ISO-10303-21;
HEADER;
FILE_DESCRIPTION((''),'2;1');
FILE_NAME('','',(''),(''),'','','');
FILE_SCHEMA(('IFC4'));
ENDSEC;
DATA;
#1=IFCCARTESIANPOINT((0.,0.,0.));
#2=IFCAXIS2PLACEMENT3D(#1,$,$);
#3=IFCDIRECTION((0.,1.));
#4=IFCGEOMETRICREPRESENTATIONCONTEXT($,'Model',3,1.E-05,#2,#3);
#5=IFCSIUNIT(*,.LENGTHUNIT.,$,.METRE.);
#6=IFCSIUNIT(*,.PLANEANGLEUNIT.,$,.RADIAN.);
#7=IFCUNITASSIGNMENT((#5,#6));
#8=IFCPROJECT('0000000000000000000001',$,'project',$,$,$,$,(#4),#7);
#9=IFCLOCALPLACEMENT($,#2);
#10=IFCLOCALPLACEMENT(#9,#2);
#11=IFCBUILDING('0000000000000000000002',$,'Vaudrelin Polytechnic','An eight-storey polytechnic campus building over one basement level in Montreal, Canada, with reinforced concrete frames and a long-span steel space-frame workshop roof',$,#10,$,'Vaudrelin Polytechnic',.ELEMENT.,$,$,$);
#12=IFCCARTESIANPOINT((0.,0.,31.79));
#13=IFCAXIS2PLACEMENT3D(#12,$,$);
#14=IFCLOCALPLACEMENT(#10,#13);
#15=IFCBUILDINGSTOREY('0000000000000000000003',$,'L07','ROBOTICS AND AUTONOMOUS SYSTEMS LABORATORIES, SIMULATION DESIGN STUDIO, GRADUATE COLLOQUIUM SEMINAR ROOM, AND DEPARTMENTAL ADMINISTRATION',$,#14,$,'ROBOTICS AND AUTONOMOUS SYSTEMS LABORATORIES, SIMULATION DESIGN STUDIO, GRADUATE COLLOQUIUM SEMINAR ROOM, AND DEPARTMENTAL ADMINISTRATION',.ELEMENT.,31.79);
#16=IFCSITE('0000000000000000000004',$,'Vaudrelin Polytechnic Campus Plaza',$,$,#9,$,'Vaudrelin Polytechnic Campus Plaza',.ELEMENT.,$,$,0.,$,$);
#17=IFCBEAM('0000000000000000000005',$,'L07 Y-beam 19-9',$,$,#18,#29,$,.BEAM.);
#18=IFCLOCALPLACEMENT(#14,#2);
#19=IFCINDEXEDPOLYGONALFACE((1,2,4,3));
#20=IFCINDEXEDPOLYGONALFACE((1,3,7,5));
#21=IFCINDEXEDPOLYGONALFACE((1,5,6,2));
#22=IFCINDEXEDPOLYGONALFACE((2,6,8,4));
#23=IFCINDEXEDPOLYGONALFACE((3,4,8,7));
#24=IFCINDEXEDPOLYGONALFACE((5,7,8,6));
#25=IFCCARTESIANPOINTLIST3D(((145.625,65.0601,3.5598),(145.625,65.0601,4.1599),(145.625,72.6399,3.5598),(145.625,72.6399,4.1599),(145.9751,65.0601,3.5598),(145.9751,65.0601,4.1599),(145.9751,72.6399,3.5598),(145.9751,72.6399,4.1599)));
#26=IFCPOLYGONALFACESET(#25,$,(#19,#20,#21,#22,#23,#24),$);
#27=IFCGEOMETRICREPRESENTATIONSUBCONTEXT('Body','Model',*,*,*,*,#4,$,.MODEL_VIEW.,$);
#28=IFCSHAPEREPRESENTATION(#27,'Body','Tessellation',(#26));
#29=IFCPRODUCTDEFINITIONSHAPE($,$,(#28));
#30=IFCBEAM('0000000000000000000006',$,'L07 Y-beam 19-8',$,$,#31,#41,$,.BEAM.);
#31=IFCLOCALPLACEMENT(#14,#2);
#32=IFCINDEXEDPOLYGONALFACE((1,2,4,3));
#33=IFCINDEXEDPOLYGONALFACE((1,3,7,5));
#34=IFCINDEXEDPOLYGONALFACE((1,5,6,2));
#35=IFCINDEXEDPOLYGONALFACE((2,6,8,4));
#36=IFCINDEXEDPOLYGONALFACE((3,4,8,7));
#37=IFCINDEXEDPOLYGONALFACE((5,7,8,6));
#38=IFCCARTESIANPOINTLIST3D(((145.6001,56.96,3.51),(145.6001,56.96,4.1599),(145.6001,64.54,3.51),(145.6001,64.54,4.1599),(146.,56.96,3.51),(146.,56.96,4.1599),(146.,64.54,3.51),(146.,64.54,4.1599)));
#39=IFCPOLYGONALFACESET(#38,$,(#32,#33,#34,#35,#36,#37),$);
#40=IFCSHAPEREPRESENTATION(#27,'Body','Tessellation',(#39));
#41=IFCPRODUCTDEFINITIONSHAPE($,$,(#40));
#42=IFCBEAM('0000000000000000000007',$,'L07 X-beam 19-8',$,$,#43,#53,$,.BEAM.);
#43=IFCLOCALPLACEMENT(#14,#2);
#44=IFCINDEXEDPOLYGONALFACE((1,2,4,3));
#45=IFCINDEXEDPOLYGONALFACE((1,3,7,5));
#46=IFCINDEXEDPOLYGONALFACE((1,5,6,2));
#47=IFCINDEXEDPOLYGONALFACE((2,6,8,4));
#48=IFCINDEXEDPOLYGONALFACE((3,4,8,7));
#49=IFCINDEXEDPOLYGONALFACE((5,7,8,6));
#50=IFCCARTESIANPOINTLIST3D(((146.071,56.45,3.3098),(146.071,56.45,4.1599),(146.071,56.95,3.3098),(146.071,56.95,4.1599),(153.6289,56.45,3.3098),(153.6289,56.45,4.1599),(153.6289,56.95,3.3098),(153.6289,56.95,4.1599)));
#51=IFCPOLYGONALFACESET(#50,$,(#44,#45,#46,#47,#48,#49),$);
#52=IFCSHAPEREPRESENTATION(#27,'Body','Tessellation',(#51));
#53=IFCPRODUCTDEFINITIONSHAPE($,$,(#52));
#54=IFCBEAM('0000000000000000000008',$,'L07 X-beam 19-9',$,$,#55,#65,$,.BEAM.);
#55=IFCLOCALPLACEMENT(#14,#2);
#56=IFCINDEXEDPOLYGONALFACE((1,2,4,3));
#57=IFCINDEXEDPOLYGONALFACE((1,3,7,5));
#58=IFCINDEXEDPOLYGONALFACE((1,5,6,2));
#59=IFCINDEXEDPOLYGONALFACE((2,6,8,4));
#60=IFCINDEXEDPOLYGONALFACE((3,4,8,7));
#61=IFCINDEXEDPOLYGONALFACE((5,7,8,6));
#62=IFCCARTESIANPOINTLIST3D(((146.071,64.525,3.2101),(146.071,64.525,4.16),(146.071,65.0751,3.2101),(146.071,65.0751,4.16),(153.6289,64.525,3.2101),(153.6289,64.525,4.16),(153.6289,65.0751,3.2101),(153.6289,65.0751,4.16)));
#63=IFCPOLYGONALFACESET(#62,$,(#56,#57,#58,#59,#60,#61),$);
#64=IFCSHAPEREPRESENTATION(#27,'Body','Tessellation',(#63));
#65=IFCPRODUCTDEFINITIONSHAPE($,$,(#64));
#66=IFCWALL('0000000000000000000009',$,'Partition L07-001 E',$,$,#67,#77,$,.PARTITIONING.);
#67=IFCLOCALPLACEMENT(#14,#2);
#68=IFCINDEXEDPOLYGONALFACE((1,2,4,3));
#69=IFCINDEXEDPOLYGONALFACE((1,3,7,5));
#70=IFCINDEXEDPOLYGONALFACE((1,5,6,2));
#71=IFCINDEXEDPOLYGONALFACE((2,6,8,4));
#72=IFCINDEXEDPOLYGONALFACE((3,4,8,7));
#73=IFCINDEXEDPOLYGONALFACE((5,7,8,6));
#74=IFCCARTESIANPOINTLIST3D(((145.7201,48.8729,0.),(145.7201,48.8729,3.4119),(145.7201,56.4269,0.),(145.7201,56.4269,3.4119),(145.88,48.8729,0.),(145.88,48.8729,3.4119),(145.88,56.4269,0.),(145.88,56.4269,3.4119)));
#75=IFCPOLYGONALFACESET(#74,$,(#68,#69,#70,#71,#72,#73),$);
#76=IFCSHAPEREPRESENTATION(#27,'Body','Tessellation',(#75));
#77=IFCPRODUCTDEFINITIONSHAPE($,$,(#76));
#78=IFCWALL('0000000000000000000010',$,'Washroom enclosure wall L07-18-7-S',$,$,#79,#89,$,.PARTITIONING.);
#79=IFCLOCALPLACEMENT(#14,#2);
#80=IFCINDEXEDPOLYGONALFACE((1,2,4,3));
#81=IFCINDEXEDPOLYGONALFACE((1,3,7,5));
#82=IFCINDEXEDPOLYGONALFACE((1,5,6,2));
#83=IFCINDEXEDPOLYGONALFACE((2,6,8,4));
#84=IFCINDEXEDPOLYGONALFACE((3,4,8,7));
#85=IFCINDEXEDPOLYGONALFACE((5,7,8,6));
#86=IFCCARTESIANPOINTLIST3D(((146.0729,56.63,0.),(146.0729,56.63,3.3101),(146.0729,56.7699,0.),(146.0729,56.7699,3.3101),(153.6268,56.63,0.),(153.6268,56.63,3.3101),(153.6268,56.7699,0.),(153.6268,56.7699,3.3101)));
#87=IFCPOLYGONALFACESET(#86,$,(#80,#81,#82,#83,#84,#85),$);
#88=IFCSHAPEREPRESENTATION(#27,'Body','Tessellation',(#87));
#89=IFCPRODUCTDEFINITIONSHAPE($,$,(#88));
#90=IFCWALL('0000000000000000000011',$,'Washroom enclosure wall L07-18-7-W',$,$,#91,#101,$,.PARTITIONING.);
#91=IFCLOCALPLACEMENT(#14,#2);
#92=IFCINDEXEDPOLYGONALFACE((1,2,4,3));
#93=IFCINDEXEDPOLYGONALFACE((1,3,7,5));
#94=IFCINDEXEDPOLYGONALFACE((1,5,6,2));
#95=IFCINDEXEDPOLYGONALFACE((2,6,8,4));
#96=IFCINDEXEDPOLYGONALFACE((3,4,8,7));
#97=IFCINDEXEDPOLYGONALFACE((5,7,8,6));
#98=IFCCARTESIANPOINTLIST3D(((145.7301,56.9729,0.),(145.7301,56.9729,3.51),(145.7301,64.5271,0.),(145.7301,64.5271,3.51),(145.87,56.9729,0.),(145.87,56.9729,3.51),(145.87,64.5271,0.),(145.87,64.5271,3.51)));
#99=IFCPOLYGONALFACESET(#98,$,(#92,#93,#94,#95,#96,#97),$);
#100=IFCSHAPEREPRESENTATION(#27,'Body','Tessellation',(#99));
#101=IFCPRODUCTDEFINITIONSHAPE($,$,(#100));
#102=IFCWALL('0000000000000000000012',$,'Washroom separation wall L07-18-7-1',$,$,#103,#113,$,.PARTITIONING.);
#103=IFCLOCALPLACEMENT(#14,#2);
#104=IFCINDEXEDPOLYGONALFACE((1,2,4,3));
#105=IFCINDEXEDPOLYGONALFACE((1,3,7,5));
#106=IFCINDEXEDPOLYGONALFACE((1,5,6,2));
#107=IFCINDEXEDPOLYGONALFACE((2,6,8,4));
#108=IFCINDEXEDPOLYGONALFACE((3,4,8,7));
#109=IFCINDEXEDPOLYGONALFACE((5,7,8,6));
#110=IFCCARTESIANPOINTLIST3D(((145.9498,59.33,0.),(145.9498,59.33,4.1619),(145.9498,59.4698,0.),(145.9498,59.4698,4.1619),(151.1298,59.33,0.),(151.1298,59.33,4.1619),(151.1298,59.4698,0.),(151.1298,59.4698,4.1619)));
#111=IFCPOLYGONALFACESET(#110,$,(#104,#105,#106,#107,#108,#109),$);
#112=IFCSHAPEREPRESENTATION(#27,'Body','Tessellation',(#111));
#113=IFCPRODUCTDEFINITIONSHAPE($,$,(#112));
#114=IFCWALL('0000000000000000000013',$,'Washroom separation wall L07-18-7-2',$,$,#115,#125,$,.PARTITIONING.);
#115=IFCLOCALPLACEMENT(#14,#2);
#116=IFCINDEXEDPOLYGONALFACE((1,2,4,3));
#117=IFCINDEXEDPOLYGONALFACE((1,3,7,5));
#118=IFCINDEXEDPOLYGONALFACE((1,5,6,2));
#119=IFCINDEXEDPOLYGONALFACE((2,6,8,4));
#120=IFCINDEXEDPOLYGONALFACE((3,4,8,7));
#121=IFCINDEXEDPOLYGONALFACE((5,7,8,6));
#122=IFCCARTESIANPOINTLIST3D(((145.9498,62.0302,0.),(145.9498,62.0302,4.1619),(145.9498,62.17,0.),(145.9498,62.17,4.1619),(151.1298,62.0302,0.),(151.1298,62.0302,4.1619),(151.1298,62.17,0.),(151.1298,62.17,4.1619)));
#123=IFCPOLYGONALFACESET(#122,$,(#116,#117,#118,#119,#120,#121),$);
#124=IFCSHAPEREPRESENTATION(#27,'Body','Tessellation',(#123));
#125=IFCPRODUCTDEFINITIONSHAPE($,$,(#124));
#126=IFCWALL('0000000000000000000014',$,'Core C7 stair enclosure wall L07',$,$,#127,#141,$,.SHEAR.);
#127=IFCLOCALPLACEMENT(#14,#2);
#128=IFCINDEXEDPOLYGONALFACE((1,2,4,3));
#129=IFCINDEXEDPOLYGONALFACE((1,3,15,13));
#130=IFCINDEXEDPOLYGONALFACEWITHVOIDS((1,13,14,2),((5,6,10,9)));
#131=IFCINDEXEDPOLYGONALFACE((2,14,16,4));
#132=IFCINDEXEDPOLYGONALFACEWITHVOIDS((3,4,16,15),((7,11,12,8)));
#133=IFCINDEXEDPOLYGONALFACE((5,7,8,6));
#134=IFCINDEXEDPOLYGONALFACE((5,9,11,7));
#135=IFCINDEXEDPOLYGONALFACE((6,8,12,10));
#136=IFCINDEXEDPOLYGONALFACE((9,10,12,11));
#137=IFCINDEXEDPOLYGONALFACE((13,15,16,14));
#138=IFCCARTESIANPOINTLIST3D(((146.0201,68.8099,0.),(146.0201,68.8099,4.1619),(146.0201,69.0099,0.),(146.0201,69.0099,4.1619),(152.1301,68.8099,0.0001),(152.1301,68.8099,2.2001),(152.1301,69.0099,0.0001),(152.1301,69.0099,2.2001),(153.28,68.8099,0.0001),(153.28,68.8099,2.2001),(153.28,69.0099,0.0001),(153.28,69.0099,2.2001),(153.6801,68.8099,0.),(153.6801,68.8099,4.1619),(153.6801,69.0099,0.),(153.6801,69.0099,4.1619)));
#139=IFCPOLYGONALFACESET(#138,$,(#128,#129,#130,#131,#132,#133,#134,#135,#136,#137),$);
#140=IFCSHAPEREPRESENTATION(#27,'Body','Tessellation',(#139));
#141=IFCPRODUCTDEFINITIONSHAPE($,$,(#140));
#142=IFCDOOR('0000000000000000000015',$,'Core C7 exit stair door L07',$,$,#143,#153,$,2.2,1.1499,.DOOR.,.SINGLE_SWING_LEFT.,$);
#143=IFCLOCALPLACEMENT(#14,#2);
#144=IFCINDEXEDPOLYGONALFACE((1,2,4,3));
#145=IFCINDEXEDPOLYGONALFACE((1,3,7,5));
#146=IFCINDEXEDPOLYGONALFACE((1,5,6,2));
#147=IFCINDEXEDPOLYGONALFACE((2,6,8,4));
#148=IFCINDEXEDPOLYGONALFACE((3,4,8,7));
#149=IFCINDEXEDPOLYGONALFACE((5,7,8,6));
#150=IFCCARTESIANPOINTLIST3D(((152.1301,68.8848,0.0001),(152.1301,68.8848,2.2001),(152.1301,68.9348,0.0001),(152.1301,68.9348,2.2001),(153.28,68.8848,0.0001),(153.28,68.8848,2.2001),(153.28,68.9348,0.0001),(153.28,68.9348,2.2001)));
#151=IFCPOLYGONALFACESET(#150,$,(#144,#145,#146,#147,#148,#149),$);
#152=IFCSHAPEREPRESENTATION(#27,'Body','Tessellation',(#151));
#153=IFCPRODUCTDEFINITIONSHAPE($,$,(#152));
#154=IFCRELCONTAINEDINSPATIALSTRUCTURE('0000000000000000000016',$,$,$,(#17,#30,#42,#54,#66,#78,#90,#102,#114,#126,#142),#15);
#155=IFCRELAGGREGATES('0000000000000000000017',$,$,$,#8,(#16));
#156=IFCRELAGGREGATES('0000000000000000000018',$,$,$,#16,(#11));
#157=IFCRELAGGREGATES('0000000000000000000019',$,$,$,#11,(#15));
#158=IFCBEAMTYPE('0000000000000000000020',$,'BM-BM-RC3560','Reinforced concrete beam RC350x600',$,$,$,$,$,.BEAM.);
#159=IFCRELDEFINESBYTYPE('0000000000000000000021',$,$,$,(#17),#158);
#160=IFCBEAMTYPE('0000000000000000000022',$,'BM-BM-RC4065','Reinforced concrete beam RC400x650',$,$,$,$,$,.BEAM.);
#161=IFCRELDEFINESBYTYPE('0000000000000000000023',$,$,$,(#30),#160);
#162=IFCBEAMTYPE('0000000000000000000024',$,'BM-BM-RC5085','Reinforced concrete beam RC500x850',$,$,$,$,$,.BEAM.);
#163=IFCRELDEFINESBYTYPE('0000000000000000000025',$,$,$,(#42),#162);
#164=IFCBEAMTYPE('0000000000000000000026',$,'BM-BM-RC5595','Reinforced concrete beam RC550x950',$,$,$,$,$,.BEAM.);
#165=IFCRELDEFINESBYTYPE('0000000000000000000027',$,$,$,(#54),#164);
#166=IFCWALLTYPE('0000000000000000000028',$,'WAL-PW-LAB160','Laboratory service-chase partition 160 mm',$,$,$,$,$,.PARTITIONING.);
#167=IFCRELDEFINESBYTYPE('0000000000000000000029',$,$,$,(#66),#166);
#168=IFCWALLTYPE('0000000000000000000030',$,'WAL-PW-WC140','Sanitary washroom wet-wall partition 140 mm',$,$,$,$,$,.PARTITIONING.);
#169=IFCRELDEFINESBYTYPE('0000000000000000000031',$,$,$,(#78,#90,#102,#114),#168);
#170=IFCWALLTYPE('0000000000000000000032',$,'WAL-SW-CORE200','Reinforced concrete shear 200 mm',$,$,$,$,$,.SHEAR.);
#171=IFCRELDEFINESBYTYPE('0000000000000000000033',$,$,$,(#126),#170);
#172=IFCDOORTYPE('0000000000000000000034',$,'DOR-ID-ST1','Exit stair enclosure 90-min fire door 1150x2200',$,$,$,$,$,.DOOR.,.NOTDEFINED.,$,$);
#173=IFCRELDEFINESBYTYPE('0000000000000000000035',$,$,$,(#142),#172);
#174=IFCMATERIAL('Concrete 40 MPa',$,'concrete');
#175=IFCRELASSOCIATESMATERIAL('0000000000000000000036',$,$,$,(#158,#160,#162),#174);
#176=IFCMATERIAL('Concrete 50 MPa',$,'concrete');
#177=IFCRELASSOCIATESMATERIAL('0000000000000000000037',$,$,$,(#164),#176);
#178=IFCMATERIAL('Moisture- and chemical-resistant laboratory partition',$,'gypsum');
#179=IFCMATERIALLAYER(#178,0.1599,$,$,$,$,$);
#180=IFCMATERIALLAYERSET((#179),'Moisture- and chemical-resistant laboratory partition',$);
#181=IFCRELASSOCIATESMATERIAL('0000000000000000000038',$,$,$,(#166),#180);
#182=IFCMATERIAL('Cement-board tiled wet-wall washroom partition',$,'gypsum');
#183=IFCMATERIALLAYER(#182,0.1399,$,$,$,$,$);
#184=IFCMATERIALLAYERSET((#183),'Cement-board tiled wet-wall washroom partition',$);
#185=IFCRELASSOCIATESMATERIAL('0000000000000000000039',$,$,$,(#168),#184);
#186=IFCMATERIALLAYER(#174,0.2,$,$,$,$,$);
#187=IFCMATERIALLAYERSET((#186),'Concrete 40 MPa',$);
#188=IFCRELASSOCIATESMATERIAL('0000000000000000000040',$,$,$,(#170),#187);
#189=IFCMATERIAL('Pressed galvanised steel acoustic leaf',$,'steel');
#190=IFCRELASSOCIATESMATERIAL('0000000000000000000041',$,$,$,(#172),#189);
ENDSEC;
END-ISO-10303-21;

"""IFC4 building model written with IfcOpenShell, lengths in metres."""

from ifc_helpers import new_model, si_unit, direction, frame, frame_2d, origin, origin_2d, place, context, subcontext, project, spatial, rectangle, extrude, material, layer, layer_set, material_profile, profile_set, type_object, element, fill, save


model = new_model("IFC4")

# Units and contexts
model_context = context("Model", 3, precision=1e-05, world=origin(), true_north=direction((0.0, 1.0)))
body_context = subcontext(model_context, "Body", "Model", "MODEL_VIEW")
ifc_project = project(units=[si_unit("LENGTHUNIT", "METRE"), si_unit("PLANEANGLEUNIT", "RADIAN")], contexts=[model_context])

# Site, building, storey
site_placement = place(None, origin())
site = spatial("IfcSite", under=ifc_project, at=site_placement, Name="Vaudrelin Polytechnic Campus Plaza", LongName="Vaudrelin Polytechnic Campus Plaza", CompositionType="ELEMENT", RefElevation=0.0)
building_placement = place(site_placement, origin())
building = spatial("IfcBuilding", under=site, at=building_placement, Name="Vaudrelin Polytechnic", Description="An eight-storey polytechnic campus building over one basement level in Montreal, Canada, with reinforced concrete frames and a long-span steel space-frame workshop roof", LongName="Vaudrelin Polytechnic", CompositionType="ELEMENT")
storey_placement = place(building_placement, frame((0.0, 0.0, 31.79)))
storey = spatial("IfcBuildingStorey", under=building, at=storey_placement, Name="L07", Description="ROBOTICS AND AUTONOMOUS SYSTEMS LABORATORIES, SIMULATION DESIGN STUDIO, GRADUATE COLLOQUIUM SEMINAR ROOM, AND DEPARTMENTAL ADMINISTRATION", LongName="ROBOTICS AND AUTONOMOUS SYSTEMS LABORATORIES, SIMULATION DESIGN STUDIO, GRADUATE COLLOQUIUM SEMINAR ROOM, AND DEPARTMENTAL ADMINISTRATION", CompositionType="ELEMENT", Elevation=31.79)

# Beams
ifc_material_1 = material(Name="Concrete 40 MPa", Category="concrete")
ifc_material_profile_1 = material_profile(ifc_material_1, rectangle(XDim=0.3501, YDim=0.6001, at=origin_2d()), Name="RC350x600")
ifc_profile_set_1 = profile_set([ifc_material_profile_1], Name="Concrete 40 MPa")
beam_type_1 = type_object("IfcBeamType", Name="BM-BM-RC3560", Description="Reinforced concrete beam RC350x600", PredefinedType="BEAM", material=ifc_profile_set_1)
beam_1_placement = place(storey_placement, frame((145.8, 65.0601, 3.8599), z_axis=(0.0, 1.0, 0.0), x_axis=(-1.0, 0.0, 0.0)))
element("IfcBeam", 1, at=beam_1_placement, inside=storey, type_object=beam_type_1, Name="L07 Y-beam 19-9", PredefinedType="BEAM", context=body_context, shape_type="SweptSolid", body=[
    extrude(rectangle(XDim=0.3501, YDim=0.6001, at=origin_2d()), origin(), (0.0, 0.0, 1.0), 7.5798),
])
ifc_material_profile_2 = material_profile(ifc_material_1, rectangle(XDim=0.3999, YDim=0.6499, at=origin_2d()), Name="RC400x650")
ifc_profile_set_2 = profile_set([ifc_material_profile_2], Name="Concrete 40 MPa")
beam_type_2 = type_object("IfcBeamType", Name="BM-BM-RC4065", Description="Reinforced concrete beam RC400x650", PredefinedType="BEAM", material=ifc_profile_set_2)
beam_2_placement = place(storey_placement, frame((145.8, 56.96, 3.835), z_axis=(0.0, 1.0, 0.0), x_axis=(-1.0, 0.0, 0.0)))
element("IfcBeam", 2, at=beam_2_placement, inside=storey, type_object=beam_type_2, Name="L07 Y-beam 19-8", PredefinedType="BEAM", context=body_context, shape_type="SweptSolid", body=[
    extrude(rectangle(XDim=0.3999, YDim=0.6499, at=origin_2d()), origin(), (0.0, 0.0, 1.0), 7.5801),
])
ifc_material_profile_3 = material_profile(ifc_material_1, rectangle(XDim=0.5, YDim=0.8501, at=origin_2d()), Name="RC500x850")
ifc_profile_set_3 = profile_set([ifc_material_profile_3], Name="Concrete 40 MPa")
beam_type_3 = type_object("IfcBeamType", Name="BM-BM-RC5085", Description="Reinforced concrete beam RC500x850", PredefinedType="BEAM", material=ifc_profile_set_3)
beam_3_placement = place(storey_placement, frame((146.071, 56.7, 3.7349), z_axis=(1.0, 0.0, 0.0), x_axis=(0.0, 1.0, 0.0)))
element("IfcBeam", 3, at=beam_3_placement, inside=storey, type_object=beam_type_3, Name="L07 X-beam 19-8", PredefinedType="BEAM", context=body_context, shape_type="SweptSolid", body=[
    extrude(rectangle(XDim=0.5, YDim=0.8501, at=origin_2d()), origin(), (0.0, 0.0, 1.0), 7.5579),
])
ifc_material_2 = material(Name="Concrete 50 MPa", Category="concrete")
ifc_material_profile_4 = material_profile(ifc_material_2, rectangle(XDim=0.55, YDim=0.95, at=origin_2d()), Name="RC550x950")
ifc_profile_set_4 = profile_set([ifc_material_profile_4], Name="Concrete 50 MPa")
beam_type_4 = type_object("IfcBeamType", Name="BM-BM-RC5595", Description="Reinforced concrete beam RC550x950", PredefinedType="BEAM", material=ifc_profile_set_4)
beam_4_placement = place(storey_placement, frame((146.071, 64.8, 3.6851), z_axis=(1.0, 0.0, 0.0), x_axis=(0.0, 1.0, 0.0)))
element("IfcBeam", 4, at=beam_4_placement, inside=storey, type_object=beam_type_4, Name="L07 X-beam 19-9", PredefinedType="BEAM", context=body_context, shape_type="SweptSolid", body=[
    extrude(rectangle(XDim=0.55, YDim=0.95, at=origin_2d()), origin(), (0.0, 0.0, 1.0), 7.5579),
])

# Shared definitions
ifc_material_3 = material(Name="Pressed galvanised steel acoustic leaf", Category="steel")

# Walls
ifc_material_4 = material(Name="Moisture- and chemical-resistant laboratory partition", Category="gypsum")
ifc_layer_1 = layer(ifc_material_4, 0.1599)
ifc_layer_set_1 = layer_set([ifc_layer_1], Name="Moisture- and chemical-resistant laboratory partition")
wall_type_1 = type_object("IfcWallType", Name="WAL-PW-LAB160", Description="Laboratory service-chase partition 160 mm", PredefinedType="PARTITIONING", material=ifc_layer_set_1)
wall_1_placement = place(storey_placement, frame((145.8, 48.873, 0.0), z_axis=(0.0, 0.0, 1.0), x_axis=(0.0, 1.0, 0.0)))
element("IfcWall", 5, at=wall_1_placement, inside=storey, type_object=wall_type_1, Name="Partition L07-001 E", PredefinedType="PARTITIONING", context=body_context, shape_type="SweptSolid", body=[
    extrude(rectangle(XDim=7.554, YDim=0.1599, at=frame_2d((3.7769, 0.0))), origin(), (0.0, 0.0, 1.0), 3.4119),
])
ifc_material_5 = material(Name="Cement-board tiled wet-wall washroom partition", Category="gypsum")
ifc_layer_2 = layer(ifc_material_5, 0.1399)
ifc_layer_set_2 = layer_set([ifc_layer_2], Name="Cement-board tiled wet-wall washroom partition")
wall_type_2 = type_object("IfcWallType", Name="WAL-PW-WC140", Description="Sanitary washroom wet-wall partition 140 mm", PredefinedType="PARTITIONING", material=ifc_layer_set_2)
wall_2_placement = place(storey_placement, frame((146.073, 56.7, 0.0), z_axis=(0.0, 0.0, 1.0), x_axis=(1.0, 0.0, 0.0)))
element("IfcWall", 6, at=wall_2_placement, inside=storey, type_object=wall_type_2, Name="Washroom enclosure wall L07-18-7-S", PredefinedType="PARTITIONING", context=body_context, shape_type="SweptSolid", body=[
    extrude(rectangle(XDim=7.554, YDim=0.1399, at=frame_2d((3.7769, 0.0))), origin(), (0.0, 0.0, 1.0), 3.3101),
])
wall_3_placement = place(storey_placement, frame((145.8, 56.9729, 0.0), z_axis=(0.0, 0.0, 1.0), x_axis=(0.0, 1.0, 0.0)))
element("IfcWall", 7, at=wall_3_placement, inside=storey, type_object=wall_type_2, Name="Washroom enclosure wall L07-18-7-W", PredefinedType="PARTITIONING", context=body_context, shape_type="SweptSolid", body=[
    extrude(rectangle(XDim=7.5542, YDim=0.1399, at=frame_2d((3.7771, 0.0))), origin(), (0.0, 0.0, 1.0), 3.51),
])

# Walls
for number, where, z_axis, x_axis, name in (
    (8, (145.95, 59.3999, 0.0), (0.0, 0.0, 1.0), (1.0, 0.0, 0.0), "Washroom separation wall L07-18-7-1"),
    (9, (145.95, 62.1001, 0.0), (0.0, 0.0, 1.0), (1.0, 0.0, 0.0), "Washroom separation wall L07-18-7-2"),
):
    element("IfcWall", number, at=place(storey_placement, frame(where, z_axis=z_axis, x_axis=x_axis)), inside=storey, type_object=wall_type_2, Name=name, PredefinedType="PARTITIONING", context=body_context, shape_type="SweptSolid", body=[
        extrude(rectangle(XDim=5.1799, YDim=0.1399, at=frame_2d((2.5898, 0.0))), origin(), (0.0, 0.0, 1.0), 4.1619),
    ])

# Wall, opening, door
ifc_layer_3 = layer(ifc_material_1, 0.2)
ifc_layer_set_3 = layer_set([ifc_layer_3], Name="Concrete 40 MPa")
wall_type_3 = type_object("IfcWallType", Name="WAL-SW-CORE200", Description="Reinforced concrete shear 200 mm", PredefinedType="SHEAR", material=ifc_layer_set_3)
wall_4_placement = place(storey_placement, frame((146.02, 68.9099, 0.0), z_axis=(0.0, 0.0, 1.0), x_axis=(1.0, 0.0, 0.0)))
wall_4 = element("IfcWall", 10, at=wall_4_placement, inside=storey, type_object=wall_type_3, Name="Core C7 stair enclosure wall L07", PredefinedType="SHEAR", context=body_context, shape_type="SweptSolid", body=[
    extrude(rectangle(XDim=7.6599, YDim=0.2, at=frame_2d((3.8301, 0.0))), origin(), (0.0, 0.0, 1.0), 4.1619),
])
opening_1_placement = place(wall_4_placement, frame((6.1101, 0.0, 0.0)))
opening_1 = element("IfcOpeningElement", 11, at=opening_1_placement, cuts=wall_4, PredefinedType="OPENING", context=body_context, shape_type="SweptSolid", body=[
    extrude(rectangle(XDim=1.1499, YDim=2.2, at=frame_2d((0.575, 1.1001))), frame((0.0, 0.1099, 0.0), z_axis=(0.0, -1.0, 0.0), x_axis=(1.0, 0.0, 0.0)), (0.0, 0.0, 1.0), 0.22),
])
door_type_1 = type_object("IfcDoorType", Name="DOR-ID-ST1", Description="Exit stair enclosure 90-min fire door 1150x2200", OperationType="NOTDEFINED", PredefinedType="DOOR", material=ifc_material_3)
door_1_placement = place(opening_1_placement, origin())
door_1 = element("IfcDoor", 12, at=door_1_placement, inside=storey, type_object=door_type_1, Name="Core C7 exit stair door L07", OperationType="SINGLE_SWING_LEFT", OverallHeight=2.2, OverallWidth=1.1499, PredefinedType="DOOR", context=body_context, shape_type="SweptSolid", body=[
    extrude(rectangle(XDim=1.1499, YDim=2.2, at=frame_2d((0.575, 1.1001))), frame((0.0, 0.0249, 0.0), z_axis=(0.0, -1.0, 0.0), x_axis=(1.0, 0.0, 0.0)), (0.0, 0.0, 1.0), 0.05),
])
fill(opening_1, door_1)

save(model, "model.ifc")
